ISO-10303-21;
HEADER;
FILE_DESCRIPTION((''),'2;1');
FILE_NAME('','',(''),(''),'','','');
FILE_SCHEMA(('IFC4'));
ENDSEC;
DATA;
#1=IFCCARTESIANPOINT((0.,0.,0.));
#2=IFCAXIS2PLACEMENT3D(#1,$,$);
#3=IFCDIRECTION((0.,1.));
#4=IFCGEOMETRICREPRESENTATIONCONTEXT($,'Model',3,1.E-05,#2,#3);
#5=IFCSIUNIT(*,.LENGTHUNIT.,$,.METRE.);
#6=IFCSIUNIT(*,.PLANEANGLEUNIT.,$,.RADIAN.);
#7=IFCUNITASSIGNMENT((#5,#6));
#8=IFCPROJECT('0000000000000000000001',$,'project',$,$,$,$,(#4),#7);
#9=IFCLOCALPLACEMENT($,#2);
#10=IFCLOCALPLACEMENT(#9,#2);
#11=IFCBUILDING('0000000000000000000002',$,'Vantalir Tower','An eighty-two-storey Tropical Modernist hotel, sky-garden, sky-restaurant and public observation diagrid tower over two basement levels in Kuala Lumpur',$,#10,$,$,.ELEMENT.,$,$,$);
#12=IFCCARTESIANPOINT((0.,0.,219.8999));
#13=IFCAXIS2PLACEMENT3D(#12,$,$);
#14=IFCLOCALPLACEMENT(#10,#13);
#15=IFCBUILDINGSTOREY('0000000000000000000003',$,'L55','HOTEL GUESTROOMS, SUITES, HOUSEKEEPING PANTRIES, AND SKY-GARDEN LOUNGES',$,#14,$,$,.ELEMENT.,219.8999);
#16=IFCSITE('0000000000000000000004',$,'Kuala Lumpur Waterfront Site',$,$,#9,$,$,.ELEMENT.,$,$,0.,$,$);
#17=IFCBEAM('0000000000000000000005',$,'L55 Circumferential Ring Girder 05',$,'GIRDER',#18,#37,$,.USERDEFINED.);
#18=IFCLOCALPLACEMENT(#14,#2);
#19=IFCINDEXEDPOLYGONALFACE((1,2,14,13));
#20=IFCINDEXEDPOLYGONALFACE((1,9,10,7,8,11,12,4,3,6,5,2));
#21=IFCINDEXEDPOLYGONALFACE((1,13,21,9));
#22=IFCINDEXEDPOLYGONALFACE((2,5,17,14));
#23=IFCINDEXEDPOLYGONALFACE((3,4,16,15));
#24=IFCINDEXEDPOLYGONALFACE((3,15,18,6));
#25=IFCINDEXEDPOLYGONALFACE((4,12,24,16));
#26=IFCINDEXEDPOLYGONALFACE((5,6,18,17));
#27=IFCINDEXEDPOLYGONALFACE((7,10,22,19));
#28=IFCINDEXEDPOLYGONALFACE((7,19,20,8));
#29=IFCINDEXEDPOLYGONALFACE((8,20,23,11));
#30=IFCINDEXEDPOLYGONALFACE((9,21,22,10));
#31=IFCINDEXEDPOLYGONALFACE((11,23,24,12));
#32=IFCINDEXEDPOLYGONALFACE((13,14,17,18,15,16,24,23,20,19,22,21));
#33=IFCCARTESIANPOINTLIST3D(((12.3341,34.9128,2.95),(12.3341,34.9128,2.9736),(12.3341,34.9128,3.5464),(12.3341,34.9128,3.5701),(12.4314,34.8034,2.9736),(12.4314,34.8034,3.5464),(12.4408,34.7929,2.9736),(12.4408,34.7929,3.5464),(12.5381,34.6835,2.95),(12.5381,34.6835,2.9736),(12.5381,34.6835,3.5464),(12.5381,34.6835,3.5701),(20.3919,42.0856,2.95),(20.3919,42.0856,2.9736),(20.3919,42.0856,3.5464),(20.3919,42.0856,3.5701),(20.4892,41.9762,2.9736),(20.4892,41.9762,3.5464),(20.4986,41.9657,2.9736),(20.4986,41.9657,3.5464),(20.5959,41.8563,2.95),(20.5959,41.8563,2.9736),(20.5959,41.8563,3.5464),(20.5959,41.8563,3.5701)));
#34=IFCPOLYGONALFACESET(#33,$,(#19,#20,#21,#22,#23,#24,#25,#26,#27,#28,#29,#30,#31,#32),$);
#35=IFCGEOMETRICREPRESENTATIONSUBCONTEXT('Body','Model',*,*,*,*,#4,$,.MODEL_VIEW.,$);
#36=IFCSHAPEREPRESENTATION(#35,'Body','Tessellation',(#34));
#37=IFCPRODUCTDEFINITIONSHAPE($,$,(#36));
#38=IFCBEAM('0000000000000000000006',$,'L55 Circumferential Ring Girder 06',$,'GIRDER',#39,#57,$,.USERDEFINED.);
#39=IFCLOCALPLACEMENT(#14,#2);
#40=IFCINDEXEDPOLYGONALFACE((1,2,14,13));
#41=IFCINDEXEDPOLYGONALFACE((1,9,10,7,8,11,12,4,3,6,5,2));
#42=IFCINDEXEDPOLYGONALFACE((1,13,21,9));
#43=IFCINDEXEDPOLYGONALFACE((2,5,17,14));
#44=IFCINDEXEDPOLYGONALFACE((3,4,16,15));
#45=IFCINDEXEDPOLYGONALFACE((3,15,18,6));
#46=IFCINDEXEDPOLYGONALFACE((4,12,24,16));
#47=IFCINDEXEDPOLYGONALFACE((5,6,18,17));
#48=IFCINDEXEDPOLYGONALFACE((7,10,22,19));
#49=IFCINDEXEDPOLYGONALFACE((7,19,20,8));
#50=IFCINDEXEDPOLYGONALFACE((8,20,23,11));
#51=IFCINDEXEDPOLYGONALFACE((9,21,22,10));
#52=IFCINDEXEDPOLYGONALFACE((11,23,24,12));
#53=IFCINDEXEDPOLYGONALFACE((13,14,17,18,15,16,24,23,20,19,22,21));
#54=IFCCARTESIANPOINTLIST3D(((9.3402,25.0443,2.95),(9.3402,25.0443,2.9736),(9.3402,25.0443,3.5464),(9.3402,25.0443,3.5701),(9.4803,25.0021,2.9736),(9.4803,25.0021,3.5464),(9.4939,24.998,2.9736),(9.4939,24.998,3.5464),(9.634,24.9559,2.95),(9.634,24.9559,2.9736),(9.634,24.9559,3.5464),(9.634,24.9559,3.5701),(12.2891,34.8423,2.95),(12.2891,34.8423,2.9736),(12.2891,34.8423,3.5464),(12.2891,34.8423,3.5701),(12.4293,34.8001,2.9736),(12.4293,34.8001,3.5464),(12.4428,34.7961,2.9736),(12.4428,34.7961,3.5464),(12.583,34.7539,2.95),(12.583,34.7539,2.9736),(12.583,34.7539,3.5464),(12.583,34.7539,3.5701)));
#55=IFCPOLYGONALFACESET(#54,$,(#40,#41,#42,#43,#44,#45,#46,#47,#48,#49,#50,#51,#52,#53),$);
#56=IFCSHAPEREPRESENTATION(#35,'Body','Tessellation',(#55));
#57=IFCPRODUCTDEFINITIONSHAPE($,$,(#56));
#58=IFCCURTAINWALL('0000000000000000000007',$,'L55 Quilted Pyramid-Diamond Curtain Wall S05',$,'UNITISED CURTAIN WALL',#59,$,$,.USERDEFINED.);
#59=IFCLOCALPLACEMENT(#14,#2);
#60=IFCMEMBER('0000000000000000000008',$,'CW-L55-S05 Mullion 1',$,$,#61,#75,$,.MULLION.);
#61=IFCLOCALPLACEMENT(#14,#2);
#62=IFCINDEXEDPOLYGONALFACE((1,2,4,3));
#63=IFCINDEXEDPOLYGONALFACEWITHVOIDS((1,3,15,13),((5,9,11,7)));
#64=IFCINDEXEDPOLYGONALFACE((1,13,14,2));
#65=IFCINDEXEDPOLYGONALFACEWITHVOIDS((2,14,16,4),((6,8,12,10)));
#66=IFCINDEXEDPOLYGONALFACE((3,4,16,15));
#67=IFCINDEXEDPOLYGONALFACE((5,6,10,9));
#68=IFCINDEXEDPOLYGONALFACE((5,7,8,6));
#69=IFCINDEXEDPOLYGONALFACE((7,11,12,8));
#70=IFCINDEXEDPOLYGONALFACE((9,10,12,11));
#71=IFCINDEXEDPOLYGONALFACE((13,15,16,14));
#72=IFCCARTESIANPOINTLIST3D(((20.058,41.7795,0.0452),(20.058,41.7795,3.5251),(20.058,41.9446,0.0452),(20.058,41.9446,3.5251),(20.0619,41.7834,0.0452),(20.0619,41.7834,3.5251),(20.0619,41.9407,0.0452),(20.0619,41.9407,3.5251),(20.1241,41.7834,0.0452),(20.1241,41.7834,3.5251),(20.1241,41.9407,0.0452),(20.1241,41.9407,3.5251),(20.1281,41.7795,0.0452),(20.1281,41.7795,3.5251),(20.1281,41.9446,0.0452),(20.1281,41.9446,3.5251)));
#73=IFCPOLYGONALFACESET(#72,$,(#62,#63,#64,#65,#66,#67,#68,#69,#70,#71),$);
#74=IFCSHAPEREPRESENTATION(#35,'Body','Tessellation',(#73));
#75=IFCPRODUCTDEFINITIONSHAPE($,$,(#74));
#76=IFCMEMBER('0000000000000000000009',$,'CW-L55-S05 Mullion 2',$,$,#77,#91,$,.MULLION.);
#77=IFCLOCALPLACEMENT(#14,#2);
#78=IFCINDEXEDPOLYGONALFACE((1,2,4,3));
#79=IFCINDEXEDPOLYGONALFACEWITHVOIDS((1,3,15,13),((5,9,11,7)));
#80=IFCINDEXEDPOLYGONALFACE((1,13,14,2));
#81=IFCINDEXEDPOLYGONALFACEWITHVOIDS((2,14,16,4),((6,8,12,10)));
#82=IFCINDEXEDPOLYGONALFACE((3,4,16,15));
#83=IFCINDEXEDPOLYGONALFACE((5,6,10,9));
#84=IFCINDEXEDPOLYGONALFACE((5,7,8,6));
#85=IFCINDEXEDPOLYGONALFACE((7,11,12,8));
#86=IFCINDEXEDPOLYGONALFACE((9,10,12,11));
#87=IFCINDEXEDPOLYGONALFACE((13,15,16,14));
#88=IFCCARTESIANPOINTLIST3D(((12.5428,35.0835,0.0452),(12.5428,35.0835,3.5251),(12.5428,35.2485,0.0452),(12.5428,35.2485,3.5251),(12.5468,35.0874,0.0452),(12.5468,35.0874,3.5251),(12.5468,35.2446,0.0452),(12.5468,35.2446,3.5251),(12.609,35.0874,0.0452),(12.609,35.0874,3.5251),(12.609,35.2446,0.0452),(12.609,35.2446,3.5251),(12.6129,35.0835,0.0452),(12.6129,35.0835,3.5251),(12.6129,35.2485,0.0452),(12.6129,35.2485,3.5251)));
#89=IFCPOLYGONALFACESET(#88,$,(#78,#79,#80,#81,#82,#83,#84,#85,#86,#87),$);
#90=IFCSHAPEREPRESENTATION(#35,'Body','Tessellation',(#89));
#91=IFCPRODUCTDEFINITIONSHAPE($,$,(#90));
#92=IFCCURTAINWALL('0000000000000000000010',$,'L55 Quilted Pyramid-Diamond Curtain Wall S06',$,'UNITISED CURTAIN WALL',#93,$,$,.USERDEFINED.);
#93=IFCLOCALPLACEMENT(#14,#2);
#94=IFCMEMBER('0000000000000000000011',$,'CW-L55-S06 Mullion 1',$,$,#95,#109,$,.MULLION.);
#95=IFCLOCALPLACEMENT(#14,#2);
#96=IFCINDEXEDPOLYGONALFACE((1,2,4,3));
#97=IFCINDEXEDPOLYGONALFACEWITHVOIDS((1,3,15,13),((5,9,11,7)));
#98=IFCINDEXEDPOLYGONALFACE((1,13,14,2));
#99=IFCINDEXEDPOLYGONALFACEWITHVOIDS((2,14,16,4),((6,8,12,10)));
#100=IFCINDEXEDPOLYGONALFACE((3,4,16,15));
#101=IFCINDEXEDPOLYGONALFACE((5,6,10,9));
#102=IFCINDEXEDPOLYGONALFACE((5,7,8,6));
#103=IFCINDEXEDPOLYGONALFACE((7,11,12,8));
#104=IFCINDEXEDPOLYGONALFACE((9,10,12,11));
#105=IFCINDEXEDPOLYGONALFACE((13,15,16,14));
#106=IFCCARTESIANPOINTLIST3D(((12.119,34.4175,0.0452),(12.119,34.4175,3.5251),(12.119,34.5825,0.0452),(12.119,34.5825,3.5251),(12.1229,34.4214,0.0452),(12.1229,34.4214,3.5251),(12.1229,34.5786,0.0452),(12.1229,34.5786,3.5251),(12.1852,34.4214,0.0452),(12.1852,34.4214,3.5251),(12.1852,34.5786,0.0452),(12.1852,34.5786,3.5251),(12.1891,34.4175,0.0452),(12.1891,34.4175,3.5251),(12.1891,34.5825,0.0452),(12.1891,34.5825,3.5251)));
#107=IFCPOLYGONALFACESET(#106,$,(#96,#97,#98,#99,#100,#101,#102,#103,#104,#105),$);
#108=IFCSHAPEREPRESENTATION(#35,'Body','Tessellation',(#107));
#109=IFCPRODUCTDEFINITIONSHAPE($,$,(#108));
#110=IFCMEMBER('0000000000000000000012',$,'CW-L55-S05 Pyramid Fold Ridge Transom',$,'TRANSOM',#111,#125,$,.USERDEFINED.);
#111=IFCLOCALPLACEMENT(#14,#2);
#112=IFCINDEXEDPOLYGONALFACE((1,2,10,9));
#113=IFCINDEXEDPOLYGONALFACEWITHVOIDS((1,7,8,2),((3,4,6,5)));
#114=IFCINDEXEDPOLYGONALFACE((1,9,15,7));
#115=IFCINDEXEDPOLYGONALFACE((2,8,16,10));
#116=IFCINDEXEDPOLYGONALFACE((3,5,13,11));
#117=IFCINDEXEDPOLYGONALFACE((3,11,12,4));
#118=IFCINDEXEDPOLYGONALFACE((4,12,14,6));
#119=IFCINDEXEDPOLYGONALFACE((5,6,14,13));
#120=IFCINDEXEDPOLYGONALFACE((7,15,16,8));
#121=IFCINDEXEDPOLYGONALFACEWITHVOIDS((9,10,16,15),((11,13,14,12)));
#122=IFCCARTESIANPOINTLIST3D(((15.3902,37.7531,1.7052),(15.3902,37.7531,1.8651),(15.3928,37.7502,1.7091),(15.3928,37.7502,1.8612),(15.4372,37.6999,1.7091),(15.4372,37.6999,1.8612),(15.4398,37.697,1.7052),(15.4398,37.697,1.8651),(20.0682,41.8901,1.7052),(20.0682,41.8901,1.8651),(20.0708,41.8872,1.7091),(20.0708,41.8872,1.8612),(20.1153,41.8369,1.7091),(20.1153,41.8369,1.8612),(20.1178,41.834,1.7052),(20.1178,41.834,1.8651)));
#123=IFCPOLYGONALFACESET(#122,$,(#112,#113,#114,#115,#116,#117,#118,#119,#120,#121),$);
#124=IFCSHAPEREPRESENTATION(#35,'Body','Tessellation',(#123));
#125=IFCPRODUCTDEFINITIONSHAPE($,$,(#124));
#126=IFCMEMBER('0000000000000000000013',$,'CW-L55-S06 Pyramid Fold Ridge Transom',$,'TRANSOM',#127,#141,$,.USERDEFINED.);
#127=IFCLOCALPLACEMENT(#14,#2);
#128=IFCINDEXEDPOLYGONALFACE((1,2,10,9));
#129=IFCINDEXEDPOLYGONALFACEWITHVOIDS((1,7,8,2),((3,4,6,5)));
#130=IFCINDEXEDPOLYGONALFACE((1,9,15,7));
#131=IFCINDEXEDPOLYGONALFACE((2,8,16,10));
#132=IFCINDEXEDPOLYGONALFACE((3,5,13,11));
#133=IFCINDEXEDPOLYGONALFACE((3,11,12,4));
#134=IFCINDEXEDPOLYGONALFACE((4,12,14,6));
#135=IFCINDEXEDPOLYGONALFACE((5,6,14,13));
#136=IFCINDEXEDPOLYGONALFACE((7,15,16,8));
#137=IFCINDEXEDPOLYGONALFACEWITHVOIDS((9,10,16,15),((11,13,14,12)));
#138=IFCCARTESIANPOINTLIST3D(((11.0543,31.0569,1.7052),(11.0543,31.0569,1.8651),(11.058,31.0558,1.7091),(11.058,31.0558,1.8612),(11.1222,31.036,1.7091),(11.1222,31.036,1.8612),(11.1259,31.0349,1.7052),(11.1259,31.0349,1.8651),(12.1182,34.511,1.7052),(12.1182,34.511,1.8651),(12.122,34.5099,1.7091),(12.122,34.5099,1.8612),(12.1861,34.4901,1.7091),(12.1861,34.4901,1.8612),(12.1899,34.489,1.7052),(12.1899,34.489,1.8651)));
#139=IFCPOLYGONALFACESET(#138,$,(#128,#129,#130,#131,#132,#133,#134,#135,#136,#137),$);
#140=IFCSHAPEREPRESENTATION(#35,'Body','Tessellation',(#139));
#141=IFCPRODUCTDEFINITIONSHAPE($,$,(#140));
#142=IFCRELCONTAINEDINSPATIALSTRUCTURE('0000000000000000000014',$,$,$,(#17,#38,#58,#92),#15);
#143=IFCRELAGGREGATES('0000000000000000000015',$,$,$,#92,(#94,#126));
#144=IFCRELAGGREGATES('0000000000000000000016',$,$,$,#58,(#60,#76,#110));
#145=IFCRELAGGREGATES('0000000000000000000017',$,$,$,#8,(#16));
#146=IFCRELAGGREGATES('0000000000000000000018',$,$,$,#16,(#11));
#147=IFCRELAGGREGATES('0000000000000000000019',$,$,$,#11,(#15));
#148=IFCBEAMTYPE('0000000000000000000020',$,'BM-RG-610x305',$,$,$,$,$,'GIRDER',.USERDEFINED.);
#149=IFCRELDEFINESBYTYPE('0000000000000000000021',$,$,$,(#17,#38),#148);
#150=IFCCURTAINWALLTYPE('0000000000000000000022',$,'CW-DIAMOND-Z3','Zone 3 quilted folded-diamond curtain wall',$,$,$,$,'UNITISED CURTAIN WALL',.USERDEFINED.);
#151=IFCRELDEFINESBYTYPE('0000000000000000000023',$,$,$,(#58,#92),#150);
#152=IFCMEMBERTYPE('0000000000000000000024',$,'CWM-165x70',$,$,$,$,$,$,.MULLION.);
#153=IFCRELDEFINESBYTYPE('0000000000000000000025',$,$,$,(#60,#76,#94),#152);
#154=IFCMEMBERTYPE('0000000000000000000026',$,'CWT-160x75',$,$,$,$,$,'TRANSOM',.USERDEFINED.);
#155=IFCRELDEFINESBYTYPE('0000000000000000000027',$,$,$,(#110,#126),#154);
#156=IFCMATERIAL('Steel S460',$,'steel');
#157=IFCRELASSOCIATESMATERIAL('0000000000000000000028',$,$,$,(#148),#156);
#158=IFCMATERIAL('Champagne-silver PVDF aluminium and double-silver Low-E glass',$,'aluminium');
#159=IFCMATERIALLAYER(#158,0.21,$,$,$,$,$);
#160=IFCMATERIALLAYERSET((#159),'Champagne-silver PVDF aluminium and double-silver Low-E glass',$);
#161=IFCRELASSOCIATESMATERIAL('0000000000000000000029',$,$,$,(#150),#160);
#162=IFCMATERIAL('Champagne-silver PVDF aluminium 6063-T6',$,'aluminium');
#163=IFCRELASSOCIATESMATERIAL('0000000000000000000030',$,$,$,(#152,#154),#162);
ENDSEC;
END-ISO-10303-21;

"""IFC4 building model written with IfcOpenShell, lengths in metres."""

from ifc_helpers import new_model, si_unit, direction, frame, origin, origin_2d, place, context, subcontext, project, spatial, hollow_rectangle, i_section, extrude, material, layer, layer_set, material_profile, profile_set, type_object, element, aggregate, save


model = new_model("IFC4")

# Units and contexts
model_context = context("Model", 3, precision=1e-05, world=origin(), true_north=direction((0.0, 1.0)))
body_context = subcontext(model_context, "Body", "Model", "MODEL_VIEW")
ifc_project = project(units=[si_unit("LENGTHUNIT", "METRE"), si_unit("PLANEANGLEUNIT", "RADIAN")], contexts=[model_context])

# Site, building, storey
site_placement = place(None, origin())
site = spatial("IfcSite", under=ifc_project, at=site_placement, Name="Kuala Lumpur Waterfront Site", CompositionType="ELEMENT", RefElevation=0.0)
building_placement = place(site_placement, origin())
building = spatial("IfcBuilding", under=site, at=building_placement, Name="Vantalir Tower", Description="An eighty-two-storey Tropical Modernist hotel, sky-garden, sky-restaurant and public observation diagrid tower over two basement levels in Kuala Lumpur", CompositionType="ELEMENT")
storey_placement = place(building_placement, frame((0.0, 0.0, 219.8999)))
storey = spatial("IfcBuildingStorey", under=building, at=storey_placement, Name="L55", Description="HOTEL GUESTROOMS, SUITES, HOUSEKEEPING PANTRIES, AND SKY-GARDEN LOUNGES", CompositionType="ELEMENT", Elevation=219.8999)

# Shared definitions
ifc_material_1 = material(Name="Steel S460", Category="steel")

# Beams
ifc_material_profile_1 = material_profile(ifc_material_1, i_section(OverallWidth=0.3069, OverallDepth=0.6201, WebThickness=0.0142, FlangeThickness=0.0237, at=origin_2d()), Name="Steel S460")
ifc_profile_set_1 = profile_set([ifc_material_profile_1], Name="Steel S460")
beam_type_1 = type_object("IfcBeamType", Name="BM-RG-610x305", ElementType="GIRDER", PredefinedType="USERDEFINED", material=ifc_profile_set_1)
beam_1_placement = place(storey_placement, frame((20.4939, 41.9709, 3.26), z_axis=(-0.746935, -0.664897, 0.0), x_axis=(0.664897, -0.746935, 0.0)))
element("IfcBeam", 1, at=beam_1_placement, inside=storey, type_object=beam_type_1, Name="L55 Circumferential Ring Girder 05", ObjectType="GIRDER", PredefinedType="USERDEFINED", context=body_context, shape_type="SweptSolid", body=[
    extrude(i_section(OverallWidth=0.3069, OverallDepth=0.6201, WebThickness=0.0142, FlangeThickness=0.0237, at=origin_2d()), origin(), (0.0, 0.0, 1.0), 10.7878),
])
beam_2_placement = place(storey_placement, frame((12.436, 34.7981, 3.26), z_axis=(-0.288204, -0.957569, 0.0), x_axis=(0.957569, -0.288204, 0.0)))
element("IfcBeam", 2, at=beam_2_placement, inside=storey, type_object=beam_type_1, Name="L55 Circumferential Ring Girder 06", ObjectType="GIRDER", PredefinedType="USERDEFINED", context=body_context, shape_type="SweptSolid", body=[
    extrude(i_section(OverallWidth=0.3069, OverallDepth=0.6201, WebThickness=0.0142, FlangeThickness=0.0237, at=origin_2d()), origin(), (0.0, 0.0, 1.0), 10.2322),
])

# Curtain wall, members
ifc_material_2 = material(Name="Champagne-silver PVDF aluminium and double-silver Low-E glass", Category="aluminium")
ifc_layer_1 = layer(ifc_material_2, 0.21)
ifc_layer_set_1 = layer_set([ifc_layer_1], Name="Champagne-silver PVDF aluminium and double-silver Low-E glass")
curtain_wall_type = type_object("IfcCurtainWallType", Name="CW-DIAMOND-Z3", Description="Zone 3 quilted folded-diamond curtain wall", ElementType="UNITISED CURTAIN WALL", PredefinedType="USERDEFINED", material=ifc_layer_set_1)
curtain_wall_1_placement = place(storey_placement, origin())
curtain_wall_1 = element("IfcCurtainWall", 3, at=curtain_wall_1_placement, inside=storey, type_object=curtain_wall_type, Name="L55 Quilted Pyramid-Diamond Curtain Wall S05", ObjectType="UNITISED CURTAIN WALL", PredefinedType="USERDEFINED")
ifc_material_3 = material(Name="Champagne-silver PVDF aluminium 6063-T6", Category="aluminium")
ifc_material_profile_2 = material_profile(ifc_material_3, hollow_rectangle(XDim=0.0701, YDim=0.165, WallThickness=0.0039, at=origin_2d()), Name="Champagne-silver PVDF aluminium 6063-T6")
ifc_profile_set_2 = profile_set([ifc_material_profile_2], Name="Champagne-silver PVDF aluminium 6063-T6")
member_type_1 = type_object("IfcMemberType", Name="CWM-165x70", PredefinedType="MULLION", material=ifc_profile_set_2)
member_1_placement = place(storey_placement, frame((20.093, 41.8621, 0.0452), z_axis=(0.0, 0.0, 1.0), x_axis=(1.0, 0.0, 0.0)))
member_1 = element("IfcMember", 4, at=member_1_placement, type_object=member_type_1, Name="CW-L55-S05 Mullion 1", PredefinedType="MULLION", context=body_context, shape_type="SweptSolid", body=[
    extrude(hollow_rectangle(XDim=0.0701, YDim=0.165, WallThickness=0.0039, at=origin_2d()), origin(), (0.0, 0.0, 1.0), 3.48),
])
member_2_placement = place(storey_placement, frame((12.5779, 35.166, 0.0452), z_axis=(0.0, 0.0, 1.0), x_axis=(1.0, 0.0, 0.0)))
member_2 = element("IfcMember", 5, at=member_2_placement, type_object=member_type_1, Name="CW-L55-S05 Mullion 2", PredefinedType="MULLION", context=body_context, shape_type="SweptSolid", body=[
    extrude(hollow_rectangle(XDim=0.0701, YDim=0.165, WallThickness=0.0039, at=origin_2d()), origin(), (0.0, 0.0, 1.0), 3.48),
])

# Curtain wall, member
curtain_wall_2_placement = place(storey_placement, origin())
curtain_wall_2 = element("IfcCurtainWall", 6, at=curtain_wall_2_placement, inside=storey, type_object=curtain_wall_type, Name="L55 Quilted Pyramid-Diamond Curtain Wall S06", ObjectType="UNITISED CURTAIN WALL", PredefinedType="USERDEFINED")
member_3_placement = place(storey_placement, frame((12.1541, 34.5, 0.0452), z_axis=(0.0, 0.0, 1.0), x_axis=(1.0, 0.0, 0.0)))
member_3 = element("IfcMember", 7, at=member_3_placement, type_object=member_type_1, Name="CW-L55-S06 Mullion 1", PredefinedType="MULLION", context=body_context, shape_type="SweptSolid", body=[
    extrude(hollow_rectangle(XDim=0.0701, YDim=0.165, WallThickness=0.0039, at=origin_2d()), origin(), (0.0, 0.0, 1.0), 3.48),
])

# Members
ifc_material_profile_3 = material_profile(ifc_material_3, hollow_rectangle(XDim=0.075, YDim=0.1599, WallThickness=0.0039, at=origin_2d()), Name="Champagne-silver PVDF aluminium 6063-T6")
ifc_profile_set_3 = profile_set([ifc_material_profile_3], Name="Champagne-silver PVDF aluminium 6063-T6")
member_type_2 = type_object("IfcMemberType", Name="CWT-160x75", ElementType="TRANSOM", PredefinedType="USERDEFINED", material=ifc_profile_set_3)
member_4_placement = place(storey_placement, frame((20.093, 41.8621, 1.7852), z_axis=(-0.749096, -0.662462, 0.0), x_axis=(0.662462, -0.749096, 0.0)))
member_4 = element("IfcMember", 8, at=member_4_placement, type_object=member_type_2, Name="CW-L55-S05 Pyramid Fold Ridge Transom", ObjectType="TRANSOM", PredefinedType="USERDEFINED", context=body_context, shape_type="SweptSolid", body=[
    extrude(hollow_rectangle(XDim=0.075, YDim=0.1599, WallThickness=0.0039, at=origin_2d()), origin(), (0.0, 0.0, 1.0), 6.2449),
])
member_5_placement = place(storey_placement, frame((12.1541, 34.5, 1.7852), z_axis=(-0.29438, -0.955688, 0.0), x_axis=(0.955688, -0.29438, 0.0)))
member_5 = element("IfcMember", 9, at=member_5_placement, type_object=member_type_2, Name="CW-L55-S06 Pyramid Fold Ridge Transom", ObjectType="TRANSOM", PredefinedType="USERDEFINED", context=body_context, shape_type="SweptSolid", body=[
    extrude(hollow_rectangle(XDim=0.075, YDim=0.1599, WallThickness=0.0039, at=origin_2d()), origin(), (0.0, 0.0, 1.0), 3.6143),
])
aggregate(curtain_wall_2, [member_3, member_5])

aggregate(curtain_wall_1, [member_1, member_2, member_4])

save(model, "model.ifc")
